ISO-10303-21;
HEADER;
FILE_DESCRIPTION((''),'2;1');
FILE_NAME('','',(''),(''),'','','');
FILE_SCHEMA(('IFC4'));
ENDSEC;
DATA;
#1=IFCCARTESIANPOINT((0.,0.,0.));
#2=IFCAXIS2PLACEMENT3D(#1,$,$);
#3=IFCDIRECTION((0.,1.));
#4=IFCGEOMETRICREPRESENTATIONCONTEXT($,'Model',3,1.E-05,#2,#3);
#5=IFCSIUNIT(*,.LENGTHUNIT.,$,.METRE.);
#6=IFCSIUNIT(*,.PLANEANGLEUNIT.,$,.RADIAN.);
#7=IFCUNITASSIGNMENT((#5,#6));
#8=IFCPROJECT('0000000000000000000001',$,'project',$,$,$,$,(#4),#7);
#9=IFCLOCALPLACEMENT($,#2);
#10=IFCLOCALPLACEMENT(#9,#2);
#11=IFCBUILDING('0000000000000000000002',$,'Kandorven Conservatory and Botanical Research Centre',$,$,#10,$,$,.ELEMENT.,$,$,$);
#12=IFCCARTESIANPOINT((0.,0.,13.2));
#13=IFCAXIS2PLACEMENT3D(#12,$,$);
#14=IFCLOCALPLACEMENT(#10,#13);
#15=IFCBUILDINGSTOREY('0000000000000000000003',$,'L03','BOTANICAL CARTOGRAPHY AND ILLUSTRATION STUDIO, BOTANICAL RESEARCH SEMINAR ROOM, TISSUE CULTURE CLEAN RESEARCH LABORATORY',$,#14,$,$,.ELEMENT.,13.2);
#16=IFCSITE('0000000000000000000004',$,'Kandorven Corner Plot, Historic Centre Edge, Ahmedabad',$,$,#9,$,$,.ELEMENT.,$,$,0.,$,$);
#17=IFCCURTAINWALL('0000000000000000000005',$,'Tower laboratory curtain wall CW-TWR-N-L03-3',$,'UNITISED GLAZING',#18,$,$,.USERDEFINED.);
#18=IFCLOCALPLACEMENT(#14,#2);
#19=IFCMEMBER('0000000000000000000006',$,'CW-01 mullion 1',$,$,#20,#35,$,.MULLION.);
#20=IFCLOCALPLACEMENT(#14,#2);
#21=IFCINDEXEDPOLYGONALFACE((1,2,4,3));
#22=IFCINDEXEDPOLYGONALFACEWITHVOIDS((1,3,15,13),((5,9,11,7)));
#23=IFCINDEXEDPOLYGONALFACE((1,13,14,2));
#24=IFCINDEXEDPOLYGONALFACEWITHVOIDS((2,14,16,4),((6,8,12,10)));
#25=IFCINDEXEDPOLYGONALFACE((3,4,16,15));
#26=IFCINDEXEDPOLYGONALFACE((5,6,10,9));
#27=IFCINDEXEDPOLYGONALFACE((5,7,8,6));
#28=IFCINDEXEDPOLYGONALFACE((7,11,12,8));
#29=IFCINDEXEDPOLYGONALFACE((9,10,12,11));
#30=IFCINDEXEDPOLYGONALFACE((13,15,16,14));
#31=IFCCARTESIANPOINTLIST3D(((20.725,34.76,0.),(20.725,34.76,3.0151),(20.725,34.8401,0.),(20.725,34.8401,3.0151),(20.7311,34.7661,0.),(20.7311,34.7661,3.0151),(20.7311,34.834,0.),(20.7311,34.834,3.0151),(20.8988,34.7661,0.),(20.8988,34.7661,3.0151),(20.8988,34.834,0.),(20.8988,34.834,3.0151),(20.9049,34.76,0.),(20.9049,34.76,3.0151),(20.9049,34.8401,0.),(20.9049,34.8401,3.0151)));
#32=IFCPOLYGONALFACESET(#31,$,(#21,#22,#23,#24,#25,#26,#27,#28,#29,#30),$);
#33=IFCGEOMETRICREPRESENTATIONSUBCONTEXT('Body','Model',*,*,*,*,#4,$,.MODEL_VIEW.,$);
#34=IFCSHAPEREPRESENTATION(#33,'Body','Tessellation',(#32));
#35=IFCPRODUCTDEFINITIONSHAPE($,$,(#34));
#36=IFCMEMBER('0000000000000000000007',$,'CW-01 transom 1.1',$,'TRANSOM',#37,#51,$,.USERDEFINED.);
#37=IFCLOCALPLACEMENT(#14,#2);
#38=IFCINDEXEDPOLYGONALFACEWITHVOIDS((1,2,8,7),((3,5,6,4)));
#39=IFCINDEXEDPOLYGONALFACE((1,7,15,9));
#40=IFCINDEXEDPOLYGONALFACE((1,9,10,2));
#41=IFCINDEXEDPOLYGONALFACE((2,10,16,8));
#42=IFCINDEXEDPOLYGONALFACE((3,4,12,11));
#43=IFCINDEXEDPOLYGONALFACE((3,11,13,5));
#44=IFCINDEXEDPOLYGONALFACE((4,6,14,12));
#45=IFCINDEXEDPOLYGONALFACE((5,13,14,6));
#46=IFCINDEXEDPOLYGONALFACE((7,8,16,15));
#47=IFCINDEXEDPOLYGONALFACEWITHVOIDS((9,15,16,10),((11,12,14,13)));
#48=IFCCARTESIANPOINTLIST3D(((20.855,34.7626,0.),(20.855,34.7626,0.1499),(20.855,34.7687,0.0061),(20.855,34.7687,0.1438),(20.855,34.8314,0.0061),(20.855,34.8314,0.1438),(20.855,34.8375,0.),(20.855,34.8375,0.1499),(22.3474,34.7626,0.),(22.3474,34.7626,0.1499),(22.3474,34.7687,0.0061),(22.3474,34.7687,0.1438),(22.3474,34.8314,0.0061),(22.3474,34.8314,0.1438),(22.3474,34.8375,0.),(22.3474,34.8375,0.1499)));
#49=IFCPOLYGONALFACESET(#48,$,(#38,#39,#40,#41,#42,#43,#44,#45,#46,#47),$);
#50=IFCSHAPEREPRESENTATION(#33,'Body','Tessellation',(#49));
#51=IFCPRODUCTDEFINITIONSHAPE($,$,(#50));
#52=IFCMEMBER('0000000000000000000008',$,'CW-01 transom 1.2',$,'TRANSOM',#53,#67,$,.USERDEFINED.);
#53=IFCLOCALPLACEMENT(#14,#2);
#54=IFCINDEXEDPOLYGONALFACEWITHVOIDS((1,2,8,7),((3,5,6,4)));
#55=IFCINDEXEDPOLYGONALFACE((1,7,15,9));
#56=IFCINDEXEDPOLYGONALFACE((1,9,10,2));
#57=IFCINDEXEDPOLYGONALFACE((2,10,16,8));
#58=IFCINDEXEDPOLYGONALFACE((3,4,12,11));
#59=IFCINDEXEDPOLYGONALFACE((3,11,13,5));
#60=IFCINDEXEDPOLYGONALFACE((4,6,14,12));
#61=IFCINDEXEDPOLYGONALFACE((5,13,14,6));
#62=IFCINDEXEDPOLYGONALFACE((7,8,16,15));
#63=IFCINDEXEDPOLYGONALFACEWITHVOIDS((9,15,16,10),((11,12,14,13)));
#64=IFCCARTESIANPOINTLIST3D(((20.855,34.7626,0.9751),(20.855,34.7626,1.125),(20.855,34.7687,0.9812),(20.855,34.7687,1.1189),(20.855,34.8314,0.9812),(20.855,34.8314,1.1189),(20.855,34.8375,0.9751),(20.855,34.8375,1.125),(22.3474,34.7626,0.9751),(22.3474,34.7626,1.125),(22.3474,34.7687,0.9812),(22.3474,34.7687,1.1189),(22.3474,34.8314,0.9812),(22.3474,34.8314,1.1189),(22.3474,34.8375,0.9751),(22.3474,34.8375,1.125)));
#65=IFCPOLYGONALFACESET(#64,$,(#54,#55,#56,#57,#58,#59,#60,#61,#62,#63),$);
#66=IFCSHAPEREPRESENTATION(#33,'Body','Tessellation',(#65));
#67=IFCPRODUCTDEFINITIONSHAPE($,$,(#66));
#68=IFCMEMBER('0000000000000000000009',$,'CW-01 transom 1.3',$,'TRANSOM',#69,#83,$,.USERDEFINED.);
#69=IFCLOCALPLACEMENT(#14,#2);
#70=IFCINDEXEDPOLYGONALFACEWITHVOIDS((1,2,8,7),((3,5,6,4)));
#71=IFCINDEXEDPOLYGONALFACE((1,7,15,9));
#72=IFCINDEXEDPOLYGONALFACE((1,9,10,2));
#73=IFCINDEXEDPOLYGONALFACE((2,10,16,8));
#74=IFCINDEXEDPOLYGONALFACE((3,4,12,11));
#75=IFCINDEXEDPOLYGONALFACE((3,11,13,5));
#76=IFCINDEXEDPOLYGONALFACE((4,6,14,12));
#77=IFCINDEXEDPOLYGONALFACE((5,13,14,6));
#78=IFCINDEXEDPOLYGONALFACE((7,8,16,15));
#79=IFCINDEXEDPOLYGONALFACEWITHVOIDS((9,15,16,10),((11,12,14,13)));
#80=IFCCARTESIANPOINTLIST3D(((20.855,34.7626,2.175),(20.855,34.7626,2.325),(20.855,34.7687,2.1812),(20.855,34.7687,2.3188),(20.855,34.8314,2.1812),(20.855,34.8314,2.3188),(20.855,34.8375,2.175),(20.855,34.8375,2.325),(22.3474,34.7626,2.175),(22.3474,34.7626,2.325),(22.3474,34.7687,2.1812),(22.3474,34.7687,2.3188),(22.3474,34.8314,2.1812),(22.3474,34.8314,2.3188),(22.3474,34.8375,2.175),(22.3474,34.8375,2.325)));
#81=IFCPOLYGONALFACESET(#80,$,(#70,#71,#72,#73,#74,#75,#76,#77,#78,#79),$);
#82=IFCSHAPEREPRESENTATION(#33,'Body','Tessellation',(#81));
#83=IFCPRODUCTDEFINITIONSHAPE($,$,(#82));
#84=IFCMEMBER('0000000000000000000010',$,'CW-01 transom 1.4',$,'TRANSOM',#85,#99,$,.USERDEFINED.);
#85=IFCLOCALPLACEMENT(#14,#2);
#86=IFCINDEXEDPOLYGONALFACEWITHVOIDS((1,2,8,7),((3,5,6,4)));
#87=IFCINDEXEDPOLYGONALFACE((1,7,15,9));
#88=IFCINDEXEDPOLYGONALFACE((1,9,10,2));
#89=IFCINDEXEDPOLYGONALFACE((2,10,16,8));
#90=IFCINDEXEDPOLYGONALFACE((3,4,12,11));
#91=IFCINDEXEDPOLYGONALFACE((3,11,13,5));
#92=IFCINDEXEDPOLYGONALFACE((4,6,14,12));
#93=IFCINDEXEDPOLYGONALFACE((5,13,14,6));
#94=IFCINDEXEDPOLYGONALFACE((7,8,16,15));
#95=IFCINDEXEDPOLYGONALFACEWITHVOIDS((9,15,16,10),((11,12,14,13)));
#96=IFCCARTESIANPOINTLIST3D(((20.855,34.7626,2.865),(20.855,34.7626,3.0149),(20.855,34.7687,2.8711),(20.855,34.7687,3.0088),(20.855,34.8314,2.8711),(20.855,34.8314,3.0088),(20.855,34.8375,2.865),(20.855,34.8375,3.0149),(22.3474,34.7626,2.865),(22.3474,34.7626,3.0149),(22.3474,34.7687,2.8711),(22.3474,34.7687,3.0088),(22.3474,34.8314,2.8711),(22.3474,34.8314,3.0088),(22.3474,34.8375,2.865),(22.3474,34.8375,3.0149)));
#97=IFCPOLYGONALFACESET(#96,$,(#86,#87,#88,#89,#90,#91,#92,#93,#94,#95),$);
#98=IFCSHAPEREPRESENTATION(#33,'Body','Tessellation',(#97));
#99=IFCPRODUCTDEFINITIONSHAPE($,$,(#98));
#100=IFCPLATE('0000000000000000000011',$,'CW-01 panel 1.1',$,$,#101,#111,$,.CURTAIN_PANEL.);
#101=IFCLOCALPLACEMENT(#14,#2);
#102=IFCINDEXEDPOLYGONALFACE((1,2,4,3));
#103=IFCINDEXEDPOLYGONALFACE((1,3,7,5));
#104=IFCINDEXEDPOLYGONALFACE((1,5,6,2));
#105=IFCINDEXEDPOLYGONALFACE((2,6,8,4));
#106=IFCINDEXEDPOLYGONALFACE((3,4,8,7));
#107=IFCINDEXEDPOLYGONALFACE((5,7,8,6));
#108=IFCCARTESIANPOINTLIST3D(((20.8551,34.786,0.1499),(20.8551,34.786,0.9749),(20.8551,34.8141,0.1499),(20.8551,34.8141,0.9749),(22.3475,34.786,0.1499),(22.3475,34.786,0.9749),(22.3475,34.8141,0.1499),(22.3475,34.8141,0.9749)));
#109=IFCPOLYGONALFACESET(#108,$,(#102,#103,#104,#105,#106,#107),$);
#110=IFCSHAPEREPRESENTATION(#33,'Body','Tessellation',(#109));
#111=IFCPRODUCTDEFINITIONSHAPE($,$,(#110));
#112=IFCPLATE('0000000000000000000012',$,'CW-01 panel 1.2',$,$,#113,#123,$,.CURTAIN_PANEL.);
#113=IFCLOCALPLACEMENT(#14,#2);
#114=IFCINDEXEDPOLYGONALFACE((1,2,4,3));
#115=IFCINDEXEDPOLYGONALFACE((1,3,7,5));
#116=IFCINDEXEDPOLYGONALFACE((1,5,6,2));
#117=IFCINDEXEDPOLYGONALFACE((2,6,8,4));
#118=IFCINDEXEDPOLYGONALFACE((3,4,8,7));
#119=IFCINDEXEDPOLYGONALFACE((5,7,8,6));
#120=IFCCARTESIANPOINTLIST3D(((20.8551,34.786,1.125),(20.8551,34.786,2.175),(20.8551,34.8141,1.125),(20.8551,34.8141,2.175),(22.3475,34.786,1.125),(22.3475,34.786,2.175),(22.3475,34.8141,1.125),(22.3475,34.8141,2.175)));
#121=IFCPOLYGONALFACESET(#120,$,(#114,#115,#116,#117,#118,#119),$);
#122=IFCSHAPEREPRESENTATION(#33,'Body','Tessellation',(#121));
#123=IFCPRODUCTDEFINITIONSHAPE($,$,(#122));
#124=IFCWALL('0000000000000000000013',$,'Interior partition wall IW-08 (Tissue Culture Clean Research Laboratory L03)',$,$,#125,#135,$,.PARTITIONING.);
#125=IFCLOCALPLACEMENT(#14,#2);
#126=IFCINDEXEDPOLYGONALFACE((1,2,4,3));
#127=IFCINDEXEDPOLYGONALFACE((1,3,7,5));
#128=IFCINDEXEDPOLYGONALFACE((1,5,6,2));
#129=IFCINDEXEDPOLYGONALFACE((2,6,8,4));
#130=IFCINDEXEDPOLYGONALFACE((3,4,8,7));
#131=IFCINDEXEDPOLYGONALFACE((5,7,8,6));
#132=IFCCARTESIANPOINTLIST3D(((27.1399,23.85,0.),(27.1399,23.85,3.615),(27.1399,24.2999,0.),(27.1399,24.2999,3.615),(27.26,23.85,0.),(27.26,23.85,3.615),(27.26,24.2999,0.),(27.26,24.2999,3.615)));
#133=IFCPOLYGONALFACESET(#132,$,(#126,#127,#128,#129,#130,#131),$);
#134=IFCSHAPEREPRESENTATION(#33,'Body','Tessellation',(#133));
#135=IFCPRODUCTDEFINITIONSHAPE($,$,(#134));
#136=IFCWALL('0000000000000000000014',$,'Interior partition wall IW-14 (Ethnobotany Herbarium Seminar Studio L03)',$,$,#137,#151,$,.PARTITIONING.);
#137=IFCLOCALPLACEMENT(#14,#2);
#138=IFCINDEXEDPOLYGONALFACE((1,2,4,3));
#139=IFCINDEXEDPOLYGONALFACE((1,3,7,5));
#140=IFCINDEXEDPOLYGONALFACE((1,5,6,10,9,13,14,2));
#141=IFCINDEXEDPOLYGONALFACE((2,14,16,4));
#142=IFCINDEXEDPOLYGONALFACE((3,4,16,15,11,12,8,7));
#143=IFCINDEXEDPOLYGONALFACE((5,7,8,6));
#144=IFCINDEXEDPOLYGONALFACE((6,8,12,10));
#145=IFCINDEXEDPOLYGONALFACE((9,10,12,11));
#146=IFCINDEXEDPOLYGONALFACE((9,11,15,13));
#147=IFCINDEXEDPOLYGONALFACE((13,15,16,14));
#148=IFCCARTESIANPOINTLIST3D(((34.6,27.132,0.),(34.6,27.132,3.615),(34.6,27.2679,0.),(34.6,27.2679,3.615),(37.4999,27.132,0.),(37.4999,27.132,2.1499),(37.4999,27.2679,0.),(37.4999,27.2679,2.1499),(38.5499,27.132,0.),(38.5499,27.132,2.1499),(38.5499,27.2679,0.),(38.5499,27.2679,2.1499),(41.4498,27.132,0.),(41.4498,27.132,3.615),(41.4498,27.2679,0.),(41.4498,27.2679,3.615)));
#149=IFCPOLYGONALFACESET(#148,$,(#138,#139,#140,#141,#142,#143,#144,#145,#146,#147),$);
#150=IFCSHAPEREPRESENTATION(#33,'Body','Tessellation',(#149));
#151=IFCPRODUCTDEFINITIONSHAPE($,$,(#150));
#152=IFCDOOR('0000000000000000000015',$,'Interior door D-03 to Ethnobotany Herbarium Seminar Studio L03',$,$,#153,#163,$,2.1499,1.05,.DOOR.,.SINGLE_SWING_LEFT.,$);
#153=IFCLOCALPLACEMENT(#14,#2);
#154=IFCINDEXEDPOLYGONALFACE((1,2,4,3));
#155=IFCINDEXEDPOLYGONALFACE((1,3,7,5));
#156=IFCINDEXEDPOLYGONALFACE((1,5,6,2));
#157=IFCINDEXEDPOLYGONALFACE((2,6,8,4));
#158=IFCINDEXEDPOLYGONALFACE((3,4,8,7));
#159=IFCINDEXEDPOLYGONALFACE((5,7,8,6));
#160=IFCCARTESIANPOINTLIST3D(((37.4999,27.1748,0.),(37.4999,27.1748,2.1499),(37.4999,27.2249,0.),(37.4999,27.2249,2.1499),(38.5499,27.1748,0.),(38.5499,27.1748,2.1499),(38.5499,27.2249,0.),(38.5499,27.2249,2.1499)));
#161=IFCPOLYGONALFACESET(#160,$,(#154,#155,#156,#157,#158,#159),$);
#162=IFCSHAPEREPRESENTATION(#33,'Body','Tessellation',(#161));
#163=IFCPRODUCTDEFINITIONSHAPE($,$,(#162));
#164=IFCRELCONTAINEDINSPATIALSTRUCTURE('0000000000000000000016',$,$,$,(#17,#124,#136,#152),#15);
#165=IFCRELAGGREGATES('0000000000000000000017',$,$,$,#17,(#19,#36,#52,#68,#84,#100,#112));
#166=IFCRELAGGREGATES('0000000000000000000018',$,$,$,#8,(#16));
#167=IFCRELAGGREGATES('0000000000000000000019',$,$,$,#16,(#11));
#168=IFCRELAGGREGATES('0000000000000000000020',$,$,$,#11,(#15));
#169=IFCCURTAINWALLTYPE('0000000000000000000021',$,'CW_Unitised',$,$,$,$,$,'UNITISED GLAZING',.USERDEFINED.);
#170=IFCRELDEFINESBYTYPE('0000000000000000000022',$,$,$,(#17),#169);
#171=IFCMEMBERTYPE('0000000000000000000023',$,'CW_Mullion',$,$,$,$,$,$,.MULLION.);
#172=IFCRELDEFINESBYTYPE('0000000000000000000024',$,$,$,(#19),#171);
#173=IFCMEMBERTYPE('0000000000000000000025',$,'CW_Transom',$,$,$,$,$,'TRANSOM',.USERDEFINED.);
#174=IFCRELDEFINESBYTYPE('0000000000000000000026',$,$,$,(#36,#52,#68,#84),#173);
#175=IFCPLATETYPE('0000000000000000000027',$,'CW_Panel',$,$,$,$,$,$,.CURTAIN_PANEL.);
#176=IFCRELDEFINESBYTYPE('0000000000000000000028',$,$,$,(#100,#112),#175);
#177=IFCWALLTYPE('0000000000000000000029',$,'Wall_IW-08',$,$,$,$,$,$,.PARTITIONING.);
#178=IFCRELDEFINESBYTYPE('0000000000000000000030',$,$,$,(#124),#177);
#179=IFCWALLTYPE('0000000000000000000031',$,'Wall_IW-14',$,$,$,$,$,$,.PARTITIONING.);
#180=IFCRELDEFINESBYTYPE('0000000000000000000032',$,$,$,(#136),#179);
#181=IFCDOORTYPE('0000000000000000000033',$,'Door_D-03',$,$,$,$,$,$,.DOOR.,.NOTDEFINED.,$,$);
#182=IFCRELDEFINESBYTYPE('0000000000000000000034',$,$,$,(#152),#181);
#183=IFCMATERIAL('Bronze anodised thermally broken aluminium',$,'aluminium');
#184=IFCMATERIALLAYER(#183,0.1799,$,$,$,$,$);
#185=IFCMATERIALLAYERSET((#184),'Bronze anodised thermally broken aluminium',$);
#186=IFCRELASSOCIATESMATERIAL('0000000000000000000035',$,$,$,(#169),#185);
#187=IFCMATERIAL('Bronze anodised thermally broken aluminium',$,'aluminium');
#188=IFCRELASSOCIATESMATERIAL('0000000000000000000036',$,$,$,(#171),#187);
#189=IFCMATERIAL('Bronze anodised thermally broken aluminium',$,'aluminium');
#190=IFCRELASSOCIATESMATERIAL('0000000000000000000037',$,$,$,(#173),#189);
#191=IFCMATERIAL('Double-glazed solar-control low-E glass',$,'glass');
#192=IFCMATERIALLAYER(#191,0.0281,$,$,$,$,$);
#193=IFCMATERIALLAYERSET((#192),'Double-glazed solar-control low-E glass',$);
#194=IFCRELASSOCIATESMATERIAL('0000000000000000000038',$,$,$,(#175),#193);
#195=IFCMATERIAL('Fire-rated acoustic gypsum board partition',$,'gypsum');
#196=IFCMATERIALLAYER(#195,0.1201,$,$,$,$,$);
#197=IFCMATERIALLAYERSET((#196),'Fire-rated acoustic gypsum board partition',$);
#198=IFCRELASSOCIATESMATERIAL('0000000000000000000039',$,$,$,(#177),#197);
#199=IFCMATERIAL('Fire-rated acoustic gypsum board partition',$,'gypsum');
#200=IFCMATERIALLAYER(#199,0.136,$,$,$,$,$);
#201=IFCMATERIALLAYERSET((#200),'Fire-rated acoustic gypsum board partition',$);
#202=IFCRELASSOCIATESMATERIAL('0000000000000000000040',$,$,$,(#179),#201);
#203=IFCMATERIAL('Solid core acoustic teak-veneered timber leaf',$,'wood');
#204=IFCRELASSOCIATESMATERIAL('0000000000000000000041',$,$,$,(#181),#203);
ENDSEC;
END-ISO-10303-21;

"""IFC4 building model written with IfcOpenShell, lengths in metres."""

from ifc_helpers import new_model, si_unit, direction, frame, frame_2d, origin, origin_2d, place, context, subcontext, project, spatial, rectangle, hollow_rectangle, extrude, material, layer, layer_set, material_profile, profile_set, type_object, element, fill, aggregate, save


model = new_model("IFC4")

# Units and contexts
model_context = context("Model", 3, precision=1e-05, world=origin(), true_north=direction((0.0, 1.0)))
body_context = subcontext(model_context, "Body", "Model", "MODEL_VIEW")
ifc_project = project(units=[si_unit("LENGTHUNIT", "METRE"), si_unit("PLANEANGLEUNIT", "RADIAN")], contexts=[model_context])

# Site, building, storey
site_placement = place(None, origin())
site = spatial("IfcSite", under=ifc_project, at=site_placement, Name="Kandorven Corner Plot, Historic Centre Edge, Ahmedabad", CompositionType="ELEMENT", RefElevation=0.0)
building_placement = place(site_placement, origin())
building = spatial("IfcBuilding", under=site, at=building_placement, Name="Kandorven Conservatory and Botanical Research Centre", CompositionType="ELEMENT")
storey_placement = place(building_placement, frame((0.0, 0.0, 13.2)))
storey = spatial("IfcBuildingStorey", under=building, at=storey_placement, Name="L03", Description="BOTANICAL CARTOGRAPHY AND ILLUSTRATION STUDIO, BOTANICAL RESEARCH SEMINAR ROOM, TISSUE CULTURE CLEAN RESEARCH LABORATORY", CompositionType="ELEMENT", Elevation=13.2)

# Curtain wall, members, plates
ifc_material_1 = material(Name="Bronze anodised thermally broken aluminium", Category="aluminium")
ifc_layer_1 = layer(ifc_material_1, 0.1799)
ifc_layer_set_1 = layer_set([ifc_layer_1], Name="Bronze anodised thermally broken aluminium")
curtain_wall_type = type_object("IfcCurtainWallType", Name="CW_Unitised", ElementType="UNITISED GLAZING", PredefinedType="USERDEFINED", material=ifc_layer_set_1)
curtain_wall_placement = place(storey_placement, origin())
curtain_wall = element("IfcCurtainWall", 1, at=curtain_wall_placement, inside=storey, type_object=curtain_wall_type, Name="Tower laboratory curtain wall CW-TWR-N-L03-3", ObjectType="UNITISED GLAZING", PredefinedType="USERDEFINED")
ifc_material_2 = material(Name="Bronze anodised thermally broken aluminium", Category="aluminium")
ifc_material_profile_1 = material_profile(ifc_material_2, hollow_rectangle(XDim=0.0801, YDim=0.1799, WallThickness=0.0061, at=origin_2d()))
ifc_profile_set_1 = profile_set([ifc_material_profile_1], Name="Bronze anodised thermally broken aluminium")
member_type_1 = type_object("IfcMemberType", Name="CW_Mullion", PredefinedType="MULLION", material=ifc_profile_set_1)
member_1_placement = place(storey_placement, frame((20.8149, 34.8, 0.0), z_axis=(0.0, 0.0, 1.0), x_axis=(0.0, 1.0, 0.0)))
member_1 = element("IfcMember", 2, at=member_1_placement, type_object=member_type_1, Name="CW-01 mullion 1", PredefinedType="MULLION", context=body_context, shape_type="SweptSolid", body=[
    extrude(hollow_rectangle(XDim=0.0801, YDim=0.1799, WallThickness=0.0061, at=origin_2d()), origin(), (0.0, 0.0, 1.0), 3.0151),
])
ifc_material_3 = material(Name="Bronze anodised thermally broken aluminium", Category="aluminium")
ifc_material_profile_2 = material_profile(ifc_material_3, hollow_rectangle(XDim=0.075, YDim=0.1499, WallThickness=0.0061, at=origin_2d()))
ifc_profile_set_2 = profile_set([ifc_material_profile_2], Name="Bronze anodised thermally broken aluminium")
member_type_2 = type_object("IfcMemberType", Name="CW_Transom", ElementType="TRANSOM", PredefinedType="USERDEFINED", material=ifc_profile_set_2)
member_2_placement = place(storey_placement, frame((20.855, 34.8, 0.075), z_axis=(1.0, 0.0, 0.0), x_axis=(0.0, 1.0, 0.0)))
member_2 = element("IfcMember", 3, at=member_2_placement, type_object=member_type_2, Name="CW-01 transom 1.1", ObjectType="TRANSOM", PredefinedType="USERDEFINED", context=body_context, shape_type="SweptSolid", body=[
    extrude(hollow_rectangle(XDim=0.075, YDim=0.1499, WallThickness=0.0061, at=origin_2d()), origin(), (0.0, 0.0, 1.0), 1.4924),
])
member_3_placement = place(storey_placement, frame((20.855, 34.8, 1.05), z_axis=(1.0, 0.0, 0.0), x_axis=(0.0, 1.0, 0.0)))
member_3 = element("IfcMember", 4, at=member_3_placement, type_object=member_type_2, Name="CW-01 transom 1.2", ObjectType="TRANSOM", PredefinedType="USERDEFINED", context=body_context, shape_type="SweptSolid", body=[
    extrude(hollow_rectangle(XDim=0.075, YDim=0.1499, WallThickness=0.0061, at=origin_2d()), origin(), (0.0, 0.0, 1.0), 1.4924),
])
member_4_placement = place(storey_placement, frame((20.855, 34.8, 2.25), z_axis=(1.0, 0.0, 0.0), x_axis=(0.0, 1.0, 0.0)))
member_4 = element("IfcMember", 5, at=member_4_placement, type_object=member_type_2, Name="CW-01 transom 1.3", ObjectType="TRANSOM", PredefinedType="USERDEFINED", context=body_context, shape_type="SweptSolid", body=[
    extrude(hollow_rectangle(XDim=0.075, YDim=0.1499, WallThickness=0.0061, at=origin_2d()), origin(), (0.0, 0.0, 1.0), 1.4924),
])
member_5_placement = place(storey_placement, frame((20.855, 34.8, 2.9399), z_axis=(1.0, 0.0, 0.0), x_axis=(0.0, 1.0, 0.0)))
member_5 = element("IfcMember", 6, at=member_5_placement, type_object=member_type_2, Name="CW-01 transom 1.4", ObjectType="TRANSOM", PredefinedType="USERDEFINED", context=body_context, shape_type="SweptSolid", body=[
    extrude(hollow_rectangle(XDim=0.075, YDim=0.1499, WallThickness=0.0061, at=origin_2d()), origin(), (0.0, 0.0, 1.0), 1.4924),
])
ifc_material_4 = material(Name="Double-glazed solar-control low-E glass", Category="glass")
ifc_layer_2 = layer(ifc_material_4, 0.0281)
ifc_layer_set_2 = layer_set([ifc_layer_2], Name="Double-glazed solar-control low-E glass")
plate_type = type_object("IfcPlateType", Name="CW_Panel", PredefinedType="CURTAIN_PANEL", material=ifc_layer_set_2)
plate_1_placement = place(storey_placement, frame((21.6013, 34.8, 0.1499), z_axis=(0.0, 0.0, 1.0), x_axis=(1.0, 0.0, 0.0)))
plate_1 = element("IfcPlate", 7, at=plate_1_placement, type_object=plate_type, Name="CW-01 panel 1.1", PredefinedType="CURTAIN_PANEL", context=body_context, shape_type="SweptSolid", body=[
    extrude(rectangle(XDim=1.4924, YDim=0.0281, at=origin_2d()), origin(), (0.0, 0.0, 1.0), 0.825),
])
plate_2_placement = place(storey_placement, frame((21.6013, 34.8, 1.125), z_axis=(0.0, 0.0, 1.0), x_axis=(1.0, 0.0, 0.0)))
plate_2 = element("IfcPlate", 8, at=plate_2_placement, type_object=plate_type, Name="CW-01 panel 1.2", PredefinedType="CURTAIN_PANEL", context=body_context, shape_type="SweptSolid", body=[
    extrude(rectangle(XDim=1.4924, YDim=0.0281, at=origin_2d()), origin(), (0.0, 0.0, 1.0), 1.05),
])
aggregate(curtain_wall, [member_1, member_2, member_3, member_4, member_5, plate_1, plate_2])

# Wall
ifc_material_5 = material(Name="Fire-rated acoustic gypsum board partition", Category="gypsum")
ifc_layer_3 = layer(ifc_material_5, 0.1201)
ifc_layer_set_3 = layer_set([ifc_layer_3], Name="Fire-rated acoustic gypsum board partition")
wall_type_1 = type_object("IfcWallType", Name="Wall_IW-08", PredefinedType="PARTITIONING", material=ifc_layer_set_3)
wall_1_placement = place(storey_placement, frame((27.2, 24.3, 0.0), z_axis=(0.0, 0.0, 1.0), x_axis=(0.0, -1.0, 0.0)))
element("IfcWall", 9, at=wall_1_placement, inside=storey, type_object=wall_type_1, Name="Interior partition wall IW-08 (Tissue Culture Clean Research Laboratory L03)", PredefinedType="PARTITIONING", context=body_context, shape_type="SweptSolid", body=[
    extrude(rectangle(XDim=0.45, YDim=0.1201, at=frame_2d((0.2251, 0.0))), origin(), (0.0, 0.0, 1.0), 3.615),
])

# Wall, opening, door
ifc_material_6 = material(Name="Fire-rated acoustic gypsum board partition", Category="gypsum")
ifc_layer_4 = layer(ifc_material_6, 0.136)
ifc_layer_set_4 = layer_set([ifc_layer_4], Name="Fire-rated acoustic gypsum board partition")
wall_type_2 = type_object("IfcWallType", Name="Wall_IW-14", PredefinedType="PARTITIONING", material=ifc_layer_set_4)
wall_2_placement = place(storey_placement, frame((34.6001, 27.2, 0.0), z_axis=(0.0, 0.0, 1.0), x_axis=(1.0, 0.0, 0.0)))
wall_2 = element("IfcWall", 10, at=wall_2_placement, inside=storey, type_object=wall_type_2, Name="Interior partition wall IW-14 (Ethnobotany Herbarium Seminar Studio L03)", PredefinedType="PARTITIONING", context=body_context, shape_type="SweptSolid", body=[
    extrude(rectangle(XDim=6.8499, YDim=0.136, at=frame_2d((3.4248, 0.0))), origin(), (0.0, 0.0, 1.0), 3.615),
])
opening_placement = place(wall_2_placement, frame((2.8999, 0.0, 0.0)))
opening = element("IfcOpeningElement", 11, at=opening_placement, cuts=wall_2, PredefinedType="OPENING", context=body_context, shape_type="SweptSolid", body=[
    extrude(rectangle(XDim=1.05, YDim=2.1499, at=frame_2d((0.5249, 1.075))), frame((0.0, 0.0779, 0.0), z_axis=(0.0, -1.0, 0.0), x_axis=(1.0, 0.0, 0.0)), (0.0, 0.0, 1.0), 0.156),
])
ifc_material_7 = material(Name="Solid core acoustic teak-veneered timber leaf", Category="wood")
door_type = type_object("IfcDoorType", Name="Door_D-03", OperationType="NOTDEFINED", PredefinedType="DOOR", material=ifc_material_7)
door_placement = place(opening_placement, origin())
door = element("IfcDoor", 12, at=door_placement, inside=storey, type_object=door_type, Name="Interior door D-03 to Ethnobotany Herbarium Seminar Studio L03", OperationType="SINGLE_SWING_LEFT", OverallHeight=2.1499, OverallWidth=1.05, PredefinedType="DOOR", context=body_context, shape_type="SweptSolid", body=[
    extrude(rectangle(XDim=1.05, YDim=2.1499, at=frame_2d((0.5249, 1.075))), frame((0.0, 0.0249, 0.0), z_axis=(0.0, -1.0, 0.0), x_axis=(1.0, 0.0, 0.0)), (0.0, 0.0, 1.0), 0.05),
])
fill(opening, door)

save(model, "model.ifc")
